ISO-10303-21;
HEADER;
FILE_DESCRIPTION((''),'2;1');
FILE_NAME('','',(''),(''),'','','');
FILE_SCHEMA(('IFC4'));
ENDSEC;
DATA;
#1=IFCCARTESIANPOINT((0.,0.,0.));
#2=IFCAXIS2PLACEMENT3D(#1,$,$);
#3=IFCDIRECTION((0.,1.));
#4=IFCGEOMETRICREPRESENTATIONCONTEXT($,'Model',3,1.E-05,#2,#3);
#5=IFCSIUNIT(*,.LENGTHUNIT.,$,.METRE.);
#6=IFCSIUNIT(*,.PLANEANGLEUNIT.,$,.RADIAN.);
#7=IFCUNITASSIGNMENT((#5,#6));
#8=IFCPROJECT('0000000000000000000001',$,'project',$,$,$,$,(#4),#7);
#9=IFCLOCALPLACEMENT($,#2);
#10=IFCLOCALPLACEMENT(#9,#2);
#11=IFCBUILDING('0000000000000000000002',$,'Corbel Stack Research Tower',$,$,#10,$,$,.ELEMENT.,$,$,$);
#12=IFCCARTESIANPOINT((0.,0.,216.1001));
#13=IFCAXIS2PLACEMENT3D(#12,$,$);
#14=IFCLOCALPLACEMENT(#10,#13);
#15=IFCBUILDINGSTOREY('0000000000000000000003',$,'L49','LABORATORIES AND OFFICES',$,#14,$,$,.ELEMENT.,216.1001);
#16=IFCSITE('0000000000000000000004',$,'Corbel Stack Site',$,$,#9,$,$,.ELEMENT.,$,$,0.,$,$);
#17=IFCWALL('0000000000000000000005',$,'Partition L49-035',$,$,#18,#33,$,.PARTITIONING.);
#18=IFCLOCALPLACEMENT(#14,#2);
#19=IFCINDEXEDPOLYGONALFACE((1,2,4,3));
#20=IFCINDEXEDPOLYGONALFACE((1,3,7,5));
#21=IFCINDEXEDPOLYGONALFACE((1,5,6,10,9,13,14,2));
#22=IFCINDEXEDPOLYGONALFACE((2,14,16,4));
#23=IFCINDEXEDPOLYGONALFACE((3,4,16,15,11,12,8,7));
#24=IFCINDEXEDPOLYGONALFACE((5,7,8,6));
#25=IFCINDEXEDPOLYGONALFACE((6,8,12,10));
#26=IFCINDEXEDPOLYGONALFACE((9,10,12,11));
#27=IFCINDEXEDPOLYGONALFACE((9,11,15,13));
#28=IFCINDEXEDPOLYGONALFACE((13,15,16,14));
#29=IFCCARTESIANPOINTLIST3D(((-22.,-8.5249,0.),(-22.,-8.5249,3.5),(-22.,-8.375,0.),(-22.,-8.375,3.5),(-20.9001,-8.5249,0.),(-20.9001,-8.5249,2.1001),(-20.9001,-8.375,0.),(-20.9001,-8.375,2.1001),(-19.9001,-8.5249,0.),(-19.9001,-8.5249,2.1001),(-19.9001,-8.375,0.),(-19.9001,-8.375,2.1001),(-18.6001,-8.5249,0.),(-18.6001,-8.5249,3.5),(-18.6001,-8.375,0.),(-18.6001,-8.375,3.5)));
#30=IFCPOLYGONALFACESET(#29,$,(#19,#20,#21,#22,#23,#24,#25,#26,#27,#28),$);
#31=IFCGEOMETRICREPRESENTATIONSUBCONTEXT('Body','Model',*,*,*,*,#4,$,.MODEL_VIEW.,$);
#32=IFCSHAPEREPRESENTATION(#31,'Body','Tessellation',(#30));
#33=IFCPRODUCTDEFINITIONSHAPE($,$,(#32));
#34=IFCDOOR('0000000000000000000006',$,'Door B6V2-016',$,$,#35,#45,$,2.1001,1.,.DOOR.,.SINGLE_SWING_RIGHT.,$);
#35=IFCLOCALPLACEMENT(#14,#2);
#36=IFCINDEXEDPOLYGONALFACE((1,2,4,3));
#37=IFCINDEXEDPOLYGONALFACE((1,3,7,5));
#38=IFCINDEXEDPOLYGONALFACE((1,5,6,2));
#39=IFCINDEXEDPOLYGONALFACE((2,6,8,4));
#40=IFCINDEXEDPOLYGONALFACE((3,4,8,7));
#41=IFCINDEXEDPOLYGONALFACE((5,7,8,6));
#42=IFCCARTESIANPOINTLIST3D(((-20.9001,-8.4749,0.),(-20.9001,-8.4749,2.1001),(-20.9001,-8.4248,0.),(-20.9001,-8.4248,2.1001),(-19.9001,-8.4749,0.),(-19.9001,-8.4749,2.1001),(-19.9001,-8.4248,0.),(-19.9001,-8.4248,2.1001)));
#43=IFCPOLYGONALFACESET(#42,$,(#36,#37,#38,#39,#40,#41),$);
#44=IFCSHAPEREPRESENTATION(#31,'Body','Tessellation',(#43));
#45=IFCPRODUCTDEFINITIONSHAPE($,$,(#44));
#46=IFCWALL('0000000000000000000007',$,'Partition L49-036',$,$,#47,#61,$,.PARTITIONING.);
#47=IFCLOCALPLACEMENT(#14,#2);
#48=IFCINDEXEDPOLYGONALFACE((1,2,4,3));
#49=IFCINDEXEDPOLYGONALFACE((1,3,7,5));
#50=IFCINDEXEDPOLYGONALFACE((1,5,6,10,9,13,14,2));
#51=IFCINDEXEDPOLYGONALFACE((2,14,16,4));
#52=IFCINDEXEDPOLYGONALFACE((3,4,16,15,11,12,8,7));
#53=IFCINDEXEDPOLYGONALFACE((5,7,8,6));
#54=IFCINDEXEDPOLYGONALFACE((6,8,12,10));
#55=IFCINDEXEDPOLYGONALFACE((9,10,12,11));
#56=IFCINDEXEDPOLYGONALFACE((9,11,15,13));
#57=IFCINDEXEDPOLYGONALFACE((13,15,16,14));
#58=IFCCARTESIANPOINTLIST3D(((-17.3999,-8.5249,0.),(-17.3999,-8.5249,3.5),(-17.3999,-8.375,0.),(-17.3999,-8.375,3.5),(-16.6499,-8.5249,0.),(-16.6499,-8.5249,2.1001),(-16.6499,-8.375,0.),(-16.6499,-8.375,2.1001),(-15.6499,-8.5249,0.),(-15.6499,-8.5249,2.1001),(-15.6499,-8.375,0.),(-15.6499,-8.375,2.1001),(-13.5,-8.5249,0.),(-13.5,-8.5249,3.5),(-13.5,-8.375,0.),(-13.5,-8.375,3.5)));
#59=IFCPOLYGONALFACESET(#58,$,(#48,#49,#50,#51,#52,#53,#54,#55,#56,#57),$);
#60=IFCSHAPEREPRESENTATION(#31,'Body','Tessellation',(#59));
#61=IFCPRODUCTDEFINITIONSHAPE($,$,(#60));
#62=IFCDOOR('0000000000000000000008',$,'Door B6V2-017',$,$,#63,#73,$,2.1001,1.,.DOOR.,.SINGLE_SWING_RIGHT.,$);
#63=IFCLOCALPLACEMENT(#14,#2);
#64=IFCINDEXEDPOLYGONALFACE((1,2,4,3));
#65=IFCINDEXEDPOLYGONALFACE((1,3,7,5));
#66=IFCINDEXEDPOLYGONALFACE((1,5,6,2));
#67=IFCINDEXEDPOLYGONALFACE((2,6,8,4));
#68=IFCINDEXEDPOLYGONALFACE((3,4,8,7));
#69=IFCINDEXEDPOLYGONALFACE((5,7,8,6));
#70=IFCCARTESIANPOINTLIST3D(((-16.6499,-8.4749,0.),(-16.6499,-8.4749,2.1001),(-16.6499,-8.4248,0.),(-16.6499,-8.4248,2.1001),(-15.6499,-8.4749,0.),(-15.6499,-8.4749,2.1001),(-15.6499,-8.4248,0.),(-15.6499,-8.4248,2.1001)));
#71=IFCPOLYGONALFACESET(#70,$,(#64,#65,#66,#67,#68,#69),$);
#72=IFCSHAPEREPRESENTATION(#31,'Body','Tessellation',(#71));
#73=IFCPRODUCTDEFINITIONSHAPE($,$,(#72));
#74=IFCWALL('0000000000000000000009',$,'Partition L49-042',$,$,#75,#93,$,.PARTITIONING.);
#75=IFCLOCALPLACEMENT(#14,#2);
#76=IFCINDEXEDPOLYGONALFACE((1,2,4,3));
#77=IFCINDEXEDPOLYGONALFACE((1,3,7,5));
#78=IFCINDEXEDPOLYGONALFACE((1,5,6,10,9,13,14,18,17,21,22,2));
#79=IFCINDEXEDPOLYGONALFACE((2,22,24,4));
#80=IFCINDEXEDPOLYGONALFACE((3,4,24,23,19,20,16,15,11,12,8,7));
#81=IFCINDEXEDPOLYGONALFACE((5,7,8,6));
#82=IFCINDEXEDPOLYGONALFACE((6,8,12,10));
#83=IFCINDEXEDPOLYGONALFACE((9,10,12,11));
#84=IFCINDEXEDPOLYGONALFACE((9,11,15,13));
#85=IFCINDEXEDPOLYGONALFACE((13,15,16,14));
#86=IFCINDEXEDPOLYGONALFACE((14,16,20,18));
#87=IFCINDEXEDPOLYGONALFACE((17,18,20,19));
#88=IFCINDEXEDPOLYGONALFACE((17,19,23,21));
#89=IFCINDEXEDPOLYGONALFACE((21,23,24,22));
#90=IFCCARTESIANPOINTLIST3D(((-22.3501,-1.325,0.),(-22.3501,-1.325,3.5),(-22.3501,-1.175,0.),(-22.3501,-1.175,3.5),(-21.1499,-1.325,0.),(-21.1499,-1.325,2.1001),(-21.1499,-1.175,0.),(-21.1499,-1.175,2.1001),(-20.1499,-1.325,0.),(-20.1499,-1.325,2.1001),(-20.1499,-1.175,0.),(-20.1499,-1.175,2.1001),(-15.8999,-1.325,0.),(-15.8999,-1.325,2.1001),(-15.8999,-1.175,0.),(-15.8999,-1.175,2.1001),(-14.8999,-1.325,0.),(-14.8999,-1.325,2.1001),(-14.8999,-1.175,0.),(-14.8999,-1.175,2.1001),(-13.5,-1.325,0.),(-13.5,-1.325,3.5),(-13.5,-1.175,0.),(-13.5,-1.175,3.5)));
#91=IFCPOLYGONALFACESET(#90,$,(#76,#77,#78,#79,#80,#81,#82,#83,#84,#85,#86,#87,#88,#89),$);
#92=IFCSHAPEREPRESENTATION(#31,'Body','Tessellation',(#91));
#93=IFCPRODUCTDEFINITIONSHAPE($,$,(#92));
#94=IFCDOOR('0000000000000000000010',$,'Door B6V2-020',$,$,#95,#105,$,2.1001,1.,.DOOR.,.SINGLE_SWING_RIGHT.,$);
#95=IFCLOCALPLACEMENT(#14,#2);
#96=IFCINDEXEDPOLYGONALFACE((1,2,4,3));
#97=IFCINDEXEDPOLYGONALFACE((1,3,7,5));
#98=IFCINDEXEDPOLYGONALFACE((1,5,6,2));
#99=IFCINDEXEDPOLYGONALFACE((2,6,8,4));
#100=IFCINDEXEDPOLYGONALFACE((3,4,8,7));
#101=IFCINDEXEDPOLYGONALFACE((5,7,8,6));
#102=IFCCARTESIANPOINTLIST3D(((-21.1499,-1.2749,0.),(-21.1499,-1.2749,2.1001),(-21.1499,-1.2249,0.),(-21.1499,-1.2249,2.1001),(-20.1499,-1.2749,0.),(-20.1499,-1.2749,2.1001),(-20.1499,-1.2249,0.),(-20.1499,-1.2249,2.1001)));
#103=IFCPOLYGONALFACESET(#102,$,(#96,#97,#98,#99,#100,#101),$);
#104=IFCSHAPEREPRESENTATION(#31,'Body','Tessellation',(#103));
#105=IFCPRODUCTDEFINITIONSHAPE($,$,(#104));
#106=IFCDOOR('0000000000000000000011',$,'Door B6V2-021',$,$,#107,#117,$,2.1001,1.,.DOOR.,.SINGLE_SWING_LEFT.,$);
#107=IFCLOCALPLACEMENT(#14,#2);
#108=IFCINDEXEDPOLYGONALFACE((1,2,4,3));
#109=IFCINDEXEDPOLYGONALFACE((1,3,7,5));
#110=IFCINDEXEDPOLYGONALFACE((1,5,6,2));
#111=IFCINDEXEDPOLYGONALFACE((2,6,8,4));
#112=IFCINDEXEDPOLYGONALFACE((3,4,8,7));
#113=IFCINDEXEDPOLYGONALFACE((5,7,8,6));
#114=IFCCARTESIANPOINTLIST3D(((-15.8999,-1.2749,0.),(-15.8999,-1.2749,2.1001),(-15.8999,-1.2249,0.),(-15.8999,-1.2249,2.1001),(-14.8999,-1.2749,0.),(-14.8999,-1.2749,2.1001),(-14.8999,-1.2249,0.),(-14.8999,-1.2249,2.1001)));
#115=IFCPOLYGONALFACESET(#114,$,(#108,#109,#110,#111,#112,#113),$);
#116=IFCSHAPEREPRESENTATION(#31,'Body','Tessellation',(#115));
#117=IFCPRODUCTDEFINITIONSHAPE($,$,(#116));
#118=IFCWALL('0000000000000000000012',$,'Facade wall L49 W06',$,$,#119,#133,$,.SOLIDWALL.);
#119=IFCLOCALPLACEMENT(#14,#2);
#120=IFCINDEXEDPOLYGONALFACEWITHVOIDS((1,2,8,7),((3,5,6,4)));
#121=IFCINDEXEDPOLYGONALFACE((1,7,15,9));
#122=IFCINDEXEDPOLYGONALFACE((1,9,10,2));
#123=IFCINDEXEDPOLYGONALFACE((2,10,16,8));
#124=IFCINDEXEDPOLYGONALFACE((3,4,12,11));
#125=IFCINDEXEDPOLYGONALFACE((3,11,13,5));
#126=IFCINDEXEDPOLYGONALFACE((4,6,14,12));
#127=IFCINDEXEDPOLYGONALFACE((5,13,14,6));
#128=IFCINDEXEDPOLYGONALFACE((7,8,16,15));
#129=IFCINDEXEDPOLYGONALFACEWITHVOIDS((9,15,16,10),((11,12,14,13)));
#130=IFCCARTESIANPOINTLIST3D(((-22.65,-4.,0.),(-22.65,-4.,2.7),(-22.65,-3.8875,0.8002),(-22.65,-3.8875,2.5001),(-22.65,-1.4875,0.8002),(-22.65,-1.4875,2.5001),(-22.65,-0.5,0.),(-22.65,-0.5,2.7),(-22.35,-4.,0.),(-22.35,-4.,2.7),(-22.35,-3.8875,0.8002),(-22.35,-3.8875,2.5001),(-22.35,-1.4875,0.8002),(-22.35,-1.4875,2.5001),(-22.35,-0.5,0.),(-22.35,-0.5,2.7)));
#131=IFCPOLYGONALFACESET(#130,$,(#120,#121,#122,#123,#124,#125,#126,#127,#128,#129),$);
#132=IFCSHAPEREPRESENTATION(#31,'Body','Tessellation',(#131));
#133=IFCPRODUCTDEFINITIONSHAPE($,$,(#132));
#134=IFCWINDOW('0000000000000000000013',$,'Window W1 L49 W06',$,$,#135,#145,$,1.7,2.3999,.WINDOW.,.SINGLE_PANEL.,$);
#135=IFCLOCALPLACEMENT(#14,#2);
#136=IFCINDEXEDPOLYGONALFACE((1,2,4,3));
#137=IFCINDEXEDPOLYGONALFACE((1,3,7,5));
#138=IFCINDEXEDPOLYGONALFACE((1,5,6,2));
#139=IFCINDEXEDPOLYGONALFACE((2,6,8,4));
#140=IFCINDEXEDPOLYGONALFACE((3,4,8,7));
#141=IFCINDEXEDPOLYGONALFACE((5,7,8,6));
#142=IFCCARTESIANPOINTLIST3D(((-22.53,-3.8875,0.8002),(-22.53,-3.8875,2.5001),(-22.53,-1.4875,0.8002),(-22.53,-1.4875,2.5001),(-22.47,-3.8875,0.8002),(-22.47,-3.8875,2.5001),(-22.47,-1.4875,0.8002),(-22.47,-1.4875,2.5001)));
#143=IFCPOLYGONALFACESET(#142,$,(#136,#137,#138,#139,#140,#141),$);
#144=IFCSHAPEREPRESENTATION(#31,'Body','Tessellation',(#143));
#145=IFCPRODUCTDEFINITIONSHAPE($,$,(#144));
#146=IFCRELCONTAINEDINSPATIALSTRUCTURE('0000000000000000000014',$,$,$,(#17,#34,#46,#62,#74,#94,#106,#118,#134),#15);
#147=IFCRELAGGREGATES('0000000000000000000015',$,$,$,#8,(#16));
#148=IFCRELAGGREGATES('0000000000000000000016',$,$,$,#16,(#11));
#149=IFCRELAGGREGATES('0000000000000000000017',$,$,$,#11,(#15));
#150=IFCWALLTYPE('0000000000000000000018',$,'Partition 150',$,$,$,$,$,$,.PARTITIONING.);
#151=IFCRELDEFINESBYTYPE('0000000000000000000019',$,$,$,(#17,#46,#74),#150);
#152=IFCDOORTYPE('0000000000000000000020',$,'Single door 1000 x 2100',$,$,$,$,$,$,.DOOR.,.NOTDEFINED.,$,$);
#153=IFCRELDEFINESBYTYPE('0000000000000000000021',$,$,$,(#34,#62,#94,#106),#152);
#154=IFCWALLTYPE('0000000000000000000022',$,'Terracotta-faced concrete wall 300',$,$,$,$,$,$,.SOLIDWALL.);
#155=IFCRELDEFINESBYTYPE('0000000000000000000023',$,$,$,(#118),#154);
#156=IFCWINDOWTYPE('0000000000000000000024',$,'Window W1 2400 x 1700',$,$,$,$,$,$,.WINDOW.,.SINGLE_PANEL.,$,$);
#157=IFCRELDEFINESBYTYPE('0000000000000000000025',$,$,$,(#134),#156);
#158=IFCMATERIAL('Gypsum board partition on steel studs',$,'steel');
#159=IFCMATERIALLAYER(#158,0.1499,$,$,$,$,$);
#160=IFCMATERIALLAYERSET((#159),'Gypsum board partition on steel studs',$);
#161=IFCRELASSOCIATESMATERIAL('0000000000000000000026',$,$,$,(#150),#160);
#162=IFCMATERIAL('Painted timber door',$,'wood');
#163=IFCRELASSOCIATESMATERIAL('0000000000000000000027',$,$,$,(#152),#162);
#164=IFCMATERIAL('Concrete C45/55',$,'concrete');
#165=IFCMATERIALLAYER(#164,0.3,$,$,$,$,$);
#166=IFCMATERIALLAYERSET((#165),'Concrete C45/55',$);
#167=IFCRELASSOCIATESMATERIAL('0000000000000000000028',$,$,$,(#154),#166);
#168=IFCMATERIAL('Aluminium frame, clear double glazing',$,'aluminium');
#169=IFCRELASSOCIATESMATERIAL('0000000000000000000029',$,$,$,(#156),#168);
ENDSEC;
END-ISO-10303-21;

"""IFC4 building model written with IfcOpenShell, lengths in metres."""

from ifc_helpers import new_model, si_unit, direction, frame, frame_2d, origin, place, context, subcontext, project, spatial, rectangle, extrude, material, layer, layer_set, type_object, element, fill, save


model = new_model("IFC4")

# Units and contexts
model_context = context("Model", 3, precision=1e-05, world=origin(), true_north=direction((0.0, 1.0)))
body_context = subcontext(model_context, "Body", "Model", "MODEL_VIEW")
ifc_project = project(units=[si_unit("LENGTHUNIT", "METRE"), si_unit("PLANEANGLEUNIT", "RADIAN")], contexts=[model_context])

# Site, building, storey
site_placement = place(None, origin())
site = spatial("IfcSite", under=ifc_project, at=site_placement, Name="Corbel Stack Site", CompositionType="ELEMENT", RefElevation=0.0)
building_placement = place(site_placement, origin())
building = spatial("IfcBuilding", under=site, at=building_placement, Name="Corbel Stack Research Tower", CompositionType="ELEMENT")
storey_placement = place(building_placement, frame((0.0, 0.0, 216.1001)))
storey = spatial("IfcBuildingStorey", under=building, at=storey_placement, Name="L49", Description="LABORATORIES AND OFFICES", CompositionType="ELEMENT", Elevation=216.1001)

# Walls, openings, doors
ifc_material_1 = material(Name="Gypsum board partition on steel studs", Category="steel")
ifc_layer_1 = layer(ifc_material_1, 0.1499)
ifc_layer_set_1 = layer_set([ifc_layer_1], Name="Gypsum board partition on steel studs")
wall_type_1 = type_object("IfcWallType", Name="Partition 150", PredefinedType="PARTITIONING", material=ifc_layer_set_1)
wall_1_placement = place(storey_placement, frame((-18.6001, -8.45, 0.0), z_axis=(0.0, 0.0, 1.0), x_axis=(-1.0, 0.0, 0.0)))
wall_1 = element("IfcWall", 1, at=wall_1_placement, inside=storey, type_object=wall_type_1, Name="Partition L49-035", PredefinedType="PARTITIONING", context=body_context, shape_type="SweptSolid", body=[
    extrude(rectangle(XDim=3.3999, YDim=0.1499, at=frame_2d((1.7, 0.0))), origin(), (0.0, 0.0, 1.0), 3.5),
])
opening_1_placement = place(wall_1_placement, frame((1.3, 0.0, 0.0)))
opening_1 = element("IfcOpeningElement", 2, at=opening_1_placement, cuts=wall_1, PredefinedType="OPENING", context=body_context, shape_type="SweptSolid", body=[
    extrude(rectangle(XDim=1.0, YDim=2.1001, at=frame_2d((0.5, 1.05))), frame((0.0, 0.085, 0.0), z_axis=(0.0, -1.0, 0.0), x_axis=(1.0, 0.0, 0.0)), (0.0, 0.0, 1.0), 0.1699),
])
ifc_material_2 = material(Name="Painted timber door", Category="wood")
door_type_1 = type_object("IfcDoorType", Name="Single door 1000 x 2100", OperationType="NOTDEFINED", PredefinedType="DOOR", material=ifc_material_2)
door_1_placement = place(opening_1_placement, origin())
door_1 = element("IfcDoor", 3, at=door_1_placement, inside=storey, type_object=door_type_1, Name="Door B6V2-016", OperationType="SINGLE_SWING_RIGHT", OverallHeight=2.1001, OverallWidth=1.0, PredefinedType="DOOR", context=body_context, shape_type="SweptSolid", body=[
    extrude(rectangle(XDim=1.0, YDim=2.1001, at=frame_2d((0.5, 1.05))), frame((0.0, 0.0249, 0.0), z_axis=(0.0, -1.0, 0.0), x_axis=(1.0, 0.0, 0.0)), (0.0, 0.0, 1.0), 0.05),
])
fill(opening_1, door_1)
wall_2_placement = place(storey_placement, frame((-13.5, -8.45, 0.0), z_axis=(0.0, 0.0, 1.0), x_axis=(-1.0, 0.0, 0.0)))
wall_2 = element("IfcWall", 4, at=wall_2_placement, inside=storey, type_object=wall_type_1, Name="Partition L49-036", PredefinedType="PARTITIONING", context=body_context, shape_type="SweptSolid", body=[
    extrude(rectangle(XDim=3.8999, YDim=0.1499, at=frame_2d((1.95, 0.0))), origin(), (0.0, 0.0, 1.0), 3.5),
])
opening_2_placement = place(wall_2_placement, frame((2.1499, 0.0, 0.0)))
opening_2 = element("IfcOpeningElement", 5, at=opening_2_placement, cuts=wall_2, PredefinedType="OPENING", context=body_context, shape_type="SweptSolid", body=[
    extrude(rectangle(XDim=1.0, YDim=2.1001, at=frame_2d((0.5, 1.05))), frame((0.0, 0.085, 0.0), z_axis=(0.0, -1.0, 0.0), x_axis=(1.0, 0.0, 0.0)), (0.0, 0.0, 1.0), 0.1699),
])
door_2_placement = place(opening_2_placement, origin())
door_2 = element("IfcDoor", 6, at=door_2_placement, inside=storey, type_object=door_type_1, Name="Door B6V2-017", OperationType="SINGLE_SWING_RIGHT", OverallHeight=2.1001, OverallWidth=1.0, PredefinedType="DOOR", context=body_context, shape_type="SweptSolid", body=[
    extrude(rectangle(XDim=1.0, YDim=2.1001, at=frame_2d((0.5, 1.05))), frame((0.0, 0.0249, 0.0), z_axis=(0.0, -1.0, 0.0), x_axis=(1.0, 0.0, 0.0)), (0.0, 0.0, 1.0), 0.05),
])
fill(opening_2, door_2)

# Wall, openings, doors
wall_3_placement = place(storey_placement, frame((-13.5, -1.25, 0.0), z_axis=(0.0, 0.0, 1.0), x_axis=(-1.0, 0.0, 0.0)))
wall_3 = element("IfcWall", 7, at=wall_3_placement, inside=storey, type_object=wall_type_1, Name="Partition L49-042", PredefinedType="PARTITIONING", context=body_context, shape_type="SweptSolid", body=[
    extrude(rectangle(XDim=8.8501, YDim=0.1499, at=frame_2d((4.425, 0.0))), origin(), (0.0, 0.0, 1.0), 3.5),
])
opening_3_placement = place(wall_3_placement, frame((6.6499, 0.0, 0.0)))
opening_3 = element("IfcOpeningElement", 8, at=opening_3_placement, cuts=wall_3, PredefinedType="OPENING", context=body_context, shape_type="SweptSolid", body=[
    extrude(rectangle(XDim=1.0, YDim=2.1001, at=frame_2d((0.5, 1.05))), frame((0.0, 0.085, 0.0), z_axis=(0.0, -1.0, 0.0), x_axis=(1.0, 0.0, 0.0)), (0.0, 0.0, 1.0), 0.1699),
])
opening_4_placement = place(wall_3_placement, frame((1.3999, 0.0, 0.0)))
opening_4 = element("IfcOpeningElement", 9, at=opening_4_placement, cuts=wall_3, PredefinedType="OPENING", context=body_context, shape_type="SweptSolid", body=[
    extrude(rectangle(XDim=1.0, YDim=2.1001, at=frame_2d((0.5, 1.05))), frame((0.0, 0.085, 0.0), z_axis=(0.0, -1.0, 0.0), x_axis=(1.0, 0.0, 0.0)), (0.0, 0.0, 1.0), 0.1699),
])
door_3_placement = place(opening_3_placement, origin())
door_3 = element("IfcDoor", 10, at=door_3_placement, inside=storey, type_object=door_type_1, Name="Door B6V2-020", OperationType="SINGLE_SWING_RIGHT", OverallHeight=2.1001, OverallWidth=1.0, PredefinedType="DOOR", context=body_context, shape_type="SweptSolid", body=[
    extrude(rectangle(XDim=1.0, YDim=2.1001, at=frame_2d((0.5, 1.05))), frame((0.0, 0.0249, 0.0), z_axis=(0.0, -1.0, 0.0), x_axis=(1.0, 0.0, 0.0)), (0.0, 0.0, 1.0), 0.05),
])
fill(opening_3, door_3)
door_4_placement = place(opening_4_placement, origin())
door_4 = element("IfcDoor", 11, at=door_4_placement, inside=storey, type_object=door_type_1, Name="Door B6V2-021", OperationType="SINGLE_SWING_LEFT", OverallHeight=2.1001, OverallWidth=1.0, PredefinedType="DOOR", context=body_context, shape_type="SweptSolid", body=[
    extrude(rectangle(XDim=1.0, YDim=2.1001, at=frame_2d((0.5, 1.05))), frame((0.0, 0.0249, 0.0), z_axis=(0.0, -1.0, 0.0), x_axis=(1.0, 0.0, 0.0)), (0.0, 0.0, 1.0), 0.05),
])
fill(opening_4, door_4)

# Wall, opening, window
ifc_material_3 = material(Name="Concrete C45/55", Category="concrete")
ifc_layer_2 = layer(ifc_material_3, 0.3)
ifc_layer_set_2 = layer_set([ifc_layer_2], Name="Concrete C45/55")
wall_type_2 = type_object("IfcWallType", Name="Terracotta-faced concrete wall 300", PredefinedType="SOLIDWALL", material=ifc_layer_set_2)
wall_4_placement = place(storey_placement, frame((-22.5, -4.0, 0.0), z_axis=(0.0, 0.0, 1.0), x_axis=(0.0, 1.0, 0.0)))
wall_4 = element("IfcWall", 12, at=wall_4_placement, inside=storey, type_object=wall_type_2, Name="Facade wall L49 W06", PredefinedType="SOLIDWALL", context=body_context, shape_type="SweptSolid", body=[
    extrude(rectangle(XDim=3.5, YDim=0.3, at=frame_2d((1.75, 0.0))), origin(), (0.0, 0.0, 1.0), 2.7),
])
opening_5_placement = place(wall_4_placement, frame((0.1125, 0.0, 0.8)))
opening_5 = element("IfcOpeningElement", 13, at=opening_5_placement, cuts=wall_4, PredefinedType="OPENING", context=body_context, shape_type="SweptSolid", body=[
    extrude(rectangle(XDim=2.3999, YDim=1.7, at=frame_2d((1.2, 0.8501))), frame((0.0, 0.1599, 0.0), z_axis=(0.0, -1.0, 0.0), x_axis=(1.0, 0.0, 0.0)), (0.0, 0.0, 1.0), 0.3201),
])
ifc_material_4 = material(Name="Aluminium frame, clear double glazing", Category="aluminium")
window_type = type_object("IfcWindowType", Name="Window W1 2400 x 1700", PartitioningType="SINGLE_PANEL", PredefinedType="WINDOW", material=ifc_material_4)
window_1_placement = place(opening_5_placement, origin())
window_1 = element("IfcWindow", 14, at=window_1_placement, inside=storey, type_object=window_type, Name="Window W1 L49 W06", OverallHeight=1.7, OverallWidth=2.3999, PartitioningType="SINGLE_PANEL", PredefinedType="WINDOW", context=body_context, shape_type="SweptSolid", body=[
    extrude(rectangle(XDim=2.3999, YDim=1.7, at=frame_2d((1.2, 0.8501))), frame((0.0, 0.03, 0.0), z_axis=(0.0, -1.0, 0.0), x_axis=(1.0, 0.0, 0.0)), (0.0, 0.0, 1.0), 0.0601),
])
fill(opening_5, window_1)

save(model, "model.ifc")
